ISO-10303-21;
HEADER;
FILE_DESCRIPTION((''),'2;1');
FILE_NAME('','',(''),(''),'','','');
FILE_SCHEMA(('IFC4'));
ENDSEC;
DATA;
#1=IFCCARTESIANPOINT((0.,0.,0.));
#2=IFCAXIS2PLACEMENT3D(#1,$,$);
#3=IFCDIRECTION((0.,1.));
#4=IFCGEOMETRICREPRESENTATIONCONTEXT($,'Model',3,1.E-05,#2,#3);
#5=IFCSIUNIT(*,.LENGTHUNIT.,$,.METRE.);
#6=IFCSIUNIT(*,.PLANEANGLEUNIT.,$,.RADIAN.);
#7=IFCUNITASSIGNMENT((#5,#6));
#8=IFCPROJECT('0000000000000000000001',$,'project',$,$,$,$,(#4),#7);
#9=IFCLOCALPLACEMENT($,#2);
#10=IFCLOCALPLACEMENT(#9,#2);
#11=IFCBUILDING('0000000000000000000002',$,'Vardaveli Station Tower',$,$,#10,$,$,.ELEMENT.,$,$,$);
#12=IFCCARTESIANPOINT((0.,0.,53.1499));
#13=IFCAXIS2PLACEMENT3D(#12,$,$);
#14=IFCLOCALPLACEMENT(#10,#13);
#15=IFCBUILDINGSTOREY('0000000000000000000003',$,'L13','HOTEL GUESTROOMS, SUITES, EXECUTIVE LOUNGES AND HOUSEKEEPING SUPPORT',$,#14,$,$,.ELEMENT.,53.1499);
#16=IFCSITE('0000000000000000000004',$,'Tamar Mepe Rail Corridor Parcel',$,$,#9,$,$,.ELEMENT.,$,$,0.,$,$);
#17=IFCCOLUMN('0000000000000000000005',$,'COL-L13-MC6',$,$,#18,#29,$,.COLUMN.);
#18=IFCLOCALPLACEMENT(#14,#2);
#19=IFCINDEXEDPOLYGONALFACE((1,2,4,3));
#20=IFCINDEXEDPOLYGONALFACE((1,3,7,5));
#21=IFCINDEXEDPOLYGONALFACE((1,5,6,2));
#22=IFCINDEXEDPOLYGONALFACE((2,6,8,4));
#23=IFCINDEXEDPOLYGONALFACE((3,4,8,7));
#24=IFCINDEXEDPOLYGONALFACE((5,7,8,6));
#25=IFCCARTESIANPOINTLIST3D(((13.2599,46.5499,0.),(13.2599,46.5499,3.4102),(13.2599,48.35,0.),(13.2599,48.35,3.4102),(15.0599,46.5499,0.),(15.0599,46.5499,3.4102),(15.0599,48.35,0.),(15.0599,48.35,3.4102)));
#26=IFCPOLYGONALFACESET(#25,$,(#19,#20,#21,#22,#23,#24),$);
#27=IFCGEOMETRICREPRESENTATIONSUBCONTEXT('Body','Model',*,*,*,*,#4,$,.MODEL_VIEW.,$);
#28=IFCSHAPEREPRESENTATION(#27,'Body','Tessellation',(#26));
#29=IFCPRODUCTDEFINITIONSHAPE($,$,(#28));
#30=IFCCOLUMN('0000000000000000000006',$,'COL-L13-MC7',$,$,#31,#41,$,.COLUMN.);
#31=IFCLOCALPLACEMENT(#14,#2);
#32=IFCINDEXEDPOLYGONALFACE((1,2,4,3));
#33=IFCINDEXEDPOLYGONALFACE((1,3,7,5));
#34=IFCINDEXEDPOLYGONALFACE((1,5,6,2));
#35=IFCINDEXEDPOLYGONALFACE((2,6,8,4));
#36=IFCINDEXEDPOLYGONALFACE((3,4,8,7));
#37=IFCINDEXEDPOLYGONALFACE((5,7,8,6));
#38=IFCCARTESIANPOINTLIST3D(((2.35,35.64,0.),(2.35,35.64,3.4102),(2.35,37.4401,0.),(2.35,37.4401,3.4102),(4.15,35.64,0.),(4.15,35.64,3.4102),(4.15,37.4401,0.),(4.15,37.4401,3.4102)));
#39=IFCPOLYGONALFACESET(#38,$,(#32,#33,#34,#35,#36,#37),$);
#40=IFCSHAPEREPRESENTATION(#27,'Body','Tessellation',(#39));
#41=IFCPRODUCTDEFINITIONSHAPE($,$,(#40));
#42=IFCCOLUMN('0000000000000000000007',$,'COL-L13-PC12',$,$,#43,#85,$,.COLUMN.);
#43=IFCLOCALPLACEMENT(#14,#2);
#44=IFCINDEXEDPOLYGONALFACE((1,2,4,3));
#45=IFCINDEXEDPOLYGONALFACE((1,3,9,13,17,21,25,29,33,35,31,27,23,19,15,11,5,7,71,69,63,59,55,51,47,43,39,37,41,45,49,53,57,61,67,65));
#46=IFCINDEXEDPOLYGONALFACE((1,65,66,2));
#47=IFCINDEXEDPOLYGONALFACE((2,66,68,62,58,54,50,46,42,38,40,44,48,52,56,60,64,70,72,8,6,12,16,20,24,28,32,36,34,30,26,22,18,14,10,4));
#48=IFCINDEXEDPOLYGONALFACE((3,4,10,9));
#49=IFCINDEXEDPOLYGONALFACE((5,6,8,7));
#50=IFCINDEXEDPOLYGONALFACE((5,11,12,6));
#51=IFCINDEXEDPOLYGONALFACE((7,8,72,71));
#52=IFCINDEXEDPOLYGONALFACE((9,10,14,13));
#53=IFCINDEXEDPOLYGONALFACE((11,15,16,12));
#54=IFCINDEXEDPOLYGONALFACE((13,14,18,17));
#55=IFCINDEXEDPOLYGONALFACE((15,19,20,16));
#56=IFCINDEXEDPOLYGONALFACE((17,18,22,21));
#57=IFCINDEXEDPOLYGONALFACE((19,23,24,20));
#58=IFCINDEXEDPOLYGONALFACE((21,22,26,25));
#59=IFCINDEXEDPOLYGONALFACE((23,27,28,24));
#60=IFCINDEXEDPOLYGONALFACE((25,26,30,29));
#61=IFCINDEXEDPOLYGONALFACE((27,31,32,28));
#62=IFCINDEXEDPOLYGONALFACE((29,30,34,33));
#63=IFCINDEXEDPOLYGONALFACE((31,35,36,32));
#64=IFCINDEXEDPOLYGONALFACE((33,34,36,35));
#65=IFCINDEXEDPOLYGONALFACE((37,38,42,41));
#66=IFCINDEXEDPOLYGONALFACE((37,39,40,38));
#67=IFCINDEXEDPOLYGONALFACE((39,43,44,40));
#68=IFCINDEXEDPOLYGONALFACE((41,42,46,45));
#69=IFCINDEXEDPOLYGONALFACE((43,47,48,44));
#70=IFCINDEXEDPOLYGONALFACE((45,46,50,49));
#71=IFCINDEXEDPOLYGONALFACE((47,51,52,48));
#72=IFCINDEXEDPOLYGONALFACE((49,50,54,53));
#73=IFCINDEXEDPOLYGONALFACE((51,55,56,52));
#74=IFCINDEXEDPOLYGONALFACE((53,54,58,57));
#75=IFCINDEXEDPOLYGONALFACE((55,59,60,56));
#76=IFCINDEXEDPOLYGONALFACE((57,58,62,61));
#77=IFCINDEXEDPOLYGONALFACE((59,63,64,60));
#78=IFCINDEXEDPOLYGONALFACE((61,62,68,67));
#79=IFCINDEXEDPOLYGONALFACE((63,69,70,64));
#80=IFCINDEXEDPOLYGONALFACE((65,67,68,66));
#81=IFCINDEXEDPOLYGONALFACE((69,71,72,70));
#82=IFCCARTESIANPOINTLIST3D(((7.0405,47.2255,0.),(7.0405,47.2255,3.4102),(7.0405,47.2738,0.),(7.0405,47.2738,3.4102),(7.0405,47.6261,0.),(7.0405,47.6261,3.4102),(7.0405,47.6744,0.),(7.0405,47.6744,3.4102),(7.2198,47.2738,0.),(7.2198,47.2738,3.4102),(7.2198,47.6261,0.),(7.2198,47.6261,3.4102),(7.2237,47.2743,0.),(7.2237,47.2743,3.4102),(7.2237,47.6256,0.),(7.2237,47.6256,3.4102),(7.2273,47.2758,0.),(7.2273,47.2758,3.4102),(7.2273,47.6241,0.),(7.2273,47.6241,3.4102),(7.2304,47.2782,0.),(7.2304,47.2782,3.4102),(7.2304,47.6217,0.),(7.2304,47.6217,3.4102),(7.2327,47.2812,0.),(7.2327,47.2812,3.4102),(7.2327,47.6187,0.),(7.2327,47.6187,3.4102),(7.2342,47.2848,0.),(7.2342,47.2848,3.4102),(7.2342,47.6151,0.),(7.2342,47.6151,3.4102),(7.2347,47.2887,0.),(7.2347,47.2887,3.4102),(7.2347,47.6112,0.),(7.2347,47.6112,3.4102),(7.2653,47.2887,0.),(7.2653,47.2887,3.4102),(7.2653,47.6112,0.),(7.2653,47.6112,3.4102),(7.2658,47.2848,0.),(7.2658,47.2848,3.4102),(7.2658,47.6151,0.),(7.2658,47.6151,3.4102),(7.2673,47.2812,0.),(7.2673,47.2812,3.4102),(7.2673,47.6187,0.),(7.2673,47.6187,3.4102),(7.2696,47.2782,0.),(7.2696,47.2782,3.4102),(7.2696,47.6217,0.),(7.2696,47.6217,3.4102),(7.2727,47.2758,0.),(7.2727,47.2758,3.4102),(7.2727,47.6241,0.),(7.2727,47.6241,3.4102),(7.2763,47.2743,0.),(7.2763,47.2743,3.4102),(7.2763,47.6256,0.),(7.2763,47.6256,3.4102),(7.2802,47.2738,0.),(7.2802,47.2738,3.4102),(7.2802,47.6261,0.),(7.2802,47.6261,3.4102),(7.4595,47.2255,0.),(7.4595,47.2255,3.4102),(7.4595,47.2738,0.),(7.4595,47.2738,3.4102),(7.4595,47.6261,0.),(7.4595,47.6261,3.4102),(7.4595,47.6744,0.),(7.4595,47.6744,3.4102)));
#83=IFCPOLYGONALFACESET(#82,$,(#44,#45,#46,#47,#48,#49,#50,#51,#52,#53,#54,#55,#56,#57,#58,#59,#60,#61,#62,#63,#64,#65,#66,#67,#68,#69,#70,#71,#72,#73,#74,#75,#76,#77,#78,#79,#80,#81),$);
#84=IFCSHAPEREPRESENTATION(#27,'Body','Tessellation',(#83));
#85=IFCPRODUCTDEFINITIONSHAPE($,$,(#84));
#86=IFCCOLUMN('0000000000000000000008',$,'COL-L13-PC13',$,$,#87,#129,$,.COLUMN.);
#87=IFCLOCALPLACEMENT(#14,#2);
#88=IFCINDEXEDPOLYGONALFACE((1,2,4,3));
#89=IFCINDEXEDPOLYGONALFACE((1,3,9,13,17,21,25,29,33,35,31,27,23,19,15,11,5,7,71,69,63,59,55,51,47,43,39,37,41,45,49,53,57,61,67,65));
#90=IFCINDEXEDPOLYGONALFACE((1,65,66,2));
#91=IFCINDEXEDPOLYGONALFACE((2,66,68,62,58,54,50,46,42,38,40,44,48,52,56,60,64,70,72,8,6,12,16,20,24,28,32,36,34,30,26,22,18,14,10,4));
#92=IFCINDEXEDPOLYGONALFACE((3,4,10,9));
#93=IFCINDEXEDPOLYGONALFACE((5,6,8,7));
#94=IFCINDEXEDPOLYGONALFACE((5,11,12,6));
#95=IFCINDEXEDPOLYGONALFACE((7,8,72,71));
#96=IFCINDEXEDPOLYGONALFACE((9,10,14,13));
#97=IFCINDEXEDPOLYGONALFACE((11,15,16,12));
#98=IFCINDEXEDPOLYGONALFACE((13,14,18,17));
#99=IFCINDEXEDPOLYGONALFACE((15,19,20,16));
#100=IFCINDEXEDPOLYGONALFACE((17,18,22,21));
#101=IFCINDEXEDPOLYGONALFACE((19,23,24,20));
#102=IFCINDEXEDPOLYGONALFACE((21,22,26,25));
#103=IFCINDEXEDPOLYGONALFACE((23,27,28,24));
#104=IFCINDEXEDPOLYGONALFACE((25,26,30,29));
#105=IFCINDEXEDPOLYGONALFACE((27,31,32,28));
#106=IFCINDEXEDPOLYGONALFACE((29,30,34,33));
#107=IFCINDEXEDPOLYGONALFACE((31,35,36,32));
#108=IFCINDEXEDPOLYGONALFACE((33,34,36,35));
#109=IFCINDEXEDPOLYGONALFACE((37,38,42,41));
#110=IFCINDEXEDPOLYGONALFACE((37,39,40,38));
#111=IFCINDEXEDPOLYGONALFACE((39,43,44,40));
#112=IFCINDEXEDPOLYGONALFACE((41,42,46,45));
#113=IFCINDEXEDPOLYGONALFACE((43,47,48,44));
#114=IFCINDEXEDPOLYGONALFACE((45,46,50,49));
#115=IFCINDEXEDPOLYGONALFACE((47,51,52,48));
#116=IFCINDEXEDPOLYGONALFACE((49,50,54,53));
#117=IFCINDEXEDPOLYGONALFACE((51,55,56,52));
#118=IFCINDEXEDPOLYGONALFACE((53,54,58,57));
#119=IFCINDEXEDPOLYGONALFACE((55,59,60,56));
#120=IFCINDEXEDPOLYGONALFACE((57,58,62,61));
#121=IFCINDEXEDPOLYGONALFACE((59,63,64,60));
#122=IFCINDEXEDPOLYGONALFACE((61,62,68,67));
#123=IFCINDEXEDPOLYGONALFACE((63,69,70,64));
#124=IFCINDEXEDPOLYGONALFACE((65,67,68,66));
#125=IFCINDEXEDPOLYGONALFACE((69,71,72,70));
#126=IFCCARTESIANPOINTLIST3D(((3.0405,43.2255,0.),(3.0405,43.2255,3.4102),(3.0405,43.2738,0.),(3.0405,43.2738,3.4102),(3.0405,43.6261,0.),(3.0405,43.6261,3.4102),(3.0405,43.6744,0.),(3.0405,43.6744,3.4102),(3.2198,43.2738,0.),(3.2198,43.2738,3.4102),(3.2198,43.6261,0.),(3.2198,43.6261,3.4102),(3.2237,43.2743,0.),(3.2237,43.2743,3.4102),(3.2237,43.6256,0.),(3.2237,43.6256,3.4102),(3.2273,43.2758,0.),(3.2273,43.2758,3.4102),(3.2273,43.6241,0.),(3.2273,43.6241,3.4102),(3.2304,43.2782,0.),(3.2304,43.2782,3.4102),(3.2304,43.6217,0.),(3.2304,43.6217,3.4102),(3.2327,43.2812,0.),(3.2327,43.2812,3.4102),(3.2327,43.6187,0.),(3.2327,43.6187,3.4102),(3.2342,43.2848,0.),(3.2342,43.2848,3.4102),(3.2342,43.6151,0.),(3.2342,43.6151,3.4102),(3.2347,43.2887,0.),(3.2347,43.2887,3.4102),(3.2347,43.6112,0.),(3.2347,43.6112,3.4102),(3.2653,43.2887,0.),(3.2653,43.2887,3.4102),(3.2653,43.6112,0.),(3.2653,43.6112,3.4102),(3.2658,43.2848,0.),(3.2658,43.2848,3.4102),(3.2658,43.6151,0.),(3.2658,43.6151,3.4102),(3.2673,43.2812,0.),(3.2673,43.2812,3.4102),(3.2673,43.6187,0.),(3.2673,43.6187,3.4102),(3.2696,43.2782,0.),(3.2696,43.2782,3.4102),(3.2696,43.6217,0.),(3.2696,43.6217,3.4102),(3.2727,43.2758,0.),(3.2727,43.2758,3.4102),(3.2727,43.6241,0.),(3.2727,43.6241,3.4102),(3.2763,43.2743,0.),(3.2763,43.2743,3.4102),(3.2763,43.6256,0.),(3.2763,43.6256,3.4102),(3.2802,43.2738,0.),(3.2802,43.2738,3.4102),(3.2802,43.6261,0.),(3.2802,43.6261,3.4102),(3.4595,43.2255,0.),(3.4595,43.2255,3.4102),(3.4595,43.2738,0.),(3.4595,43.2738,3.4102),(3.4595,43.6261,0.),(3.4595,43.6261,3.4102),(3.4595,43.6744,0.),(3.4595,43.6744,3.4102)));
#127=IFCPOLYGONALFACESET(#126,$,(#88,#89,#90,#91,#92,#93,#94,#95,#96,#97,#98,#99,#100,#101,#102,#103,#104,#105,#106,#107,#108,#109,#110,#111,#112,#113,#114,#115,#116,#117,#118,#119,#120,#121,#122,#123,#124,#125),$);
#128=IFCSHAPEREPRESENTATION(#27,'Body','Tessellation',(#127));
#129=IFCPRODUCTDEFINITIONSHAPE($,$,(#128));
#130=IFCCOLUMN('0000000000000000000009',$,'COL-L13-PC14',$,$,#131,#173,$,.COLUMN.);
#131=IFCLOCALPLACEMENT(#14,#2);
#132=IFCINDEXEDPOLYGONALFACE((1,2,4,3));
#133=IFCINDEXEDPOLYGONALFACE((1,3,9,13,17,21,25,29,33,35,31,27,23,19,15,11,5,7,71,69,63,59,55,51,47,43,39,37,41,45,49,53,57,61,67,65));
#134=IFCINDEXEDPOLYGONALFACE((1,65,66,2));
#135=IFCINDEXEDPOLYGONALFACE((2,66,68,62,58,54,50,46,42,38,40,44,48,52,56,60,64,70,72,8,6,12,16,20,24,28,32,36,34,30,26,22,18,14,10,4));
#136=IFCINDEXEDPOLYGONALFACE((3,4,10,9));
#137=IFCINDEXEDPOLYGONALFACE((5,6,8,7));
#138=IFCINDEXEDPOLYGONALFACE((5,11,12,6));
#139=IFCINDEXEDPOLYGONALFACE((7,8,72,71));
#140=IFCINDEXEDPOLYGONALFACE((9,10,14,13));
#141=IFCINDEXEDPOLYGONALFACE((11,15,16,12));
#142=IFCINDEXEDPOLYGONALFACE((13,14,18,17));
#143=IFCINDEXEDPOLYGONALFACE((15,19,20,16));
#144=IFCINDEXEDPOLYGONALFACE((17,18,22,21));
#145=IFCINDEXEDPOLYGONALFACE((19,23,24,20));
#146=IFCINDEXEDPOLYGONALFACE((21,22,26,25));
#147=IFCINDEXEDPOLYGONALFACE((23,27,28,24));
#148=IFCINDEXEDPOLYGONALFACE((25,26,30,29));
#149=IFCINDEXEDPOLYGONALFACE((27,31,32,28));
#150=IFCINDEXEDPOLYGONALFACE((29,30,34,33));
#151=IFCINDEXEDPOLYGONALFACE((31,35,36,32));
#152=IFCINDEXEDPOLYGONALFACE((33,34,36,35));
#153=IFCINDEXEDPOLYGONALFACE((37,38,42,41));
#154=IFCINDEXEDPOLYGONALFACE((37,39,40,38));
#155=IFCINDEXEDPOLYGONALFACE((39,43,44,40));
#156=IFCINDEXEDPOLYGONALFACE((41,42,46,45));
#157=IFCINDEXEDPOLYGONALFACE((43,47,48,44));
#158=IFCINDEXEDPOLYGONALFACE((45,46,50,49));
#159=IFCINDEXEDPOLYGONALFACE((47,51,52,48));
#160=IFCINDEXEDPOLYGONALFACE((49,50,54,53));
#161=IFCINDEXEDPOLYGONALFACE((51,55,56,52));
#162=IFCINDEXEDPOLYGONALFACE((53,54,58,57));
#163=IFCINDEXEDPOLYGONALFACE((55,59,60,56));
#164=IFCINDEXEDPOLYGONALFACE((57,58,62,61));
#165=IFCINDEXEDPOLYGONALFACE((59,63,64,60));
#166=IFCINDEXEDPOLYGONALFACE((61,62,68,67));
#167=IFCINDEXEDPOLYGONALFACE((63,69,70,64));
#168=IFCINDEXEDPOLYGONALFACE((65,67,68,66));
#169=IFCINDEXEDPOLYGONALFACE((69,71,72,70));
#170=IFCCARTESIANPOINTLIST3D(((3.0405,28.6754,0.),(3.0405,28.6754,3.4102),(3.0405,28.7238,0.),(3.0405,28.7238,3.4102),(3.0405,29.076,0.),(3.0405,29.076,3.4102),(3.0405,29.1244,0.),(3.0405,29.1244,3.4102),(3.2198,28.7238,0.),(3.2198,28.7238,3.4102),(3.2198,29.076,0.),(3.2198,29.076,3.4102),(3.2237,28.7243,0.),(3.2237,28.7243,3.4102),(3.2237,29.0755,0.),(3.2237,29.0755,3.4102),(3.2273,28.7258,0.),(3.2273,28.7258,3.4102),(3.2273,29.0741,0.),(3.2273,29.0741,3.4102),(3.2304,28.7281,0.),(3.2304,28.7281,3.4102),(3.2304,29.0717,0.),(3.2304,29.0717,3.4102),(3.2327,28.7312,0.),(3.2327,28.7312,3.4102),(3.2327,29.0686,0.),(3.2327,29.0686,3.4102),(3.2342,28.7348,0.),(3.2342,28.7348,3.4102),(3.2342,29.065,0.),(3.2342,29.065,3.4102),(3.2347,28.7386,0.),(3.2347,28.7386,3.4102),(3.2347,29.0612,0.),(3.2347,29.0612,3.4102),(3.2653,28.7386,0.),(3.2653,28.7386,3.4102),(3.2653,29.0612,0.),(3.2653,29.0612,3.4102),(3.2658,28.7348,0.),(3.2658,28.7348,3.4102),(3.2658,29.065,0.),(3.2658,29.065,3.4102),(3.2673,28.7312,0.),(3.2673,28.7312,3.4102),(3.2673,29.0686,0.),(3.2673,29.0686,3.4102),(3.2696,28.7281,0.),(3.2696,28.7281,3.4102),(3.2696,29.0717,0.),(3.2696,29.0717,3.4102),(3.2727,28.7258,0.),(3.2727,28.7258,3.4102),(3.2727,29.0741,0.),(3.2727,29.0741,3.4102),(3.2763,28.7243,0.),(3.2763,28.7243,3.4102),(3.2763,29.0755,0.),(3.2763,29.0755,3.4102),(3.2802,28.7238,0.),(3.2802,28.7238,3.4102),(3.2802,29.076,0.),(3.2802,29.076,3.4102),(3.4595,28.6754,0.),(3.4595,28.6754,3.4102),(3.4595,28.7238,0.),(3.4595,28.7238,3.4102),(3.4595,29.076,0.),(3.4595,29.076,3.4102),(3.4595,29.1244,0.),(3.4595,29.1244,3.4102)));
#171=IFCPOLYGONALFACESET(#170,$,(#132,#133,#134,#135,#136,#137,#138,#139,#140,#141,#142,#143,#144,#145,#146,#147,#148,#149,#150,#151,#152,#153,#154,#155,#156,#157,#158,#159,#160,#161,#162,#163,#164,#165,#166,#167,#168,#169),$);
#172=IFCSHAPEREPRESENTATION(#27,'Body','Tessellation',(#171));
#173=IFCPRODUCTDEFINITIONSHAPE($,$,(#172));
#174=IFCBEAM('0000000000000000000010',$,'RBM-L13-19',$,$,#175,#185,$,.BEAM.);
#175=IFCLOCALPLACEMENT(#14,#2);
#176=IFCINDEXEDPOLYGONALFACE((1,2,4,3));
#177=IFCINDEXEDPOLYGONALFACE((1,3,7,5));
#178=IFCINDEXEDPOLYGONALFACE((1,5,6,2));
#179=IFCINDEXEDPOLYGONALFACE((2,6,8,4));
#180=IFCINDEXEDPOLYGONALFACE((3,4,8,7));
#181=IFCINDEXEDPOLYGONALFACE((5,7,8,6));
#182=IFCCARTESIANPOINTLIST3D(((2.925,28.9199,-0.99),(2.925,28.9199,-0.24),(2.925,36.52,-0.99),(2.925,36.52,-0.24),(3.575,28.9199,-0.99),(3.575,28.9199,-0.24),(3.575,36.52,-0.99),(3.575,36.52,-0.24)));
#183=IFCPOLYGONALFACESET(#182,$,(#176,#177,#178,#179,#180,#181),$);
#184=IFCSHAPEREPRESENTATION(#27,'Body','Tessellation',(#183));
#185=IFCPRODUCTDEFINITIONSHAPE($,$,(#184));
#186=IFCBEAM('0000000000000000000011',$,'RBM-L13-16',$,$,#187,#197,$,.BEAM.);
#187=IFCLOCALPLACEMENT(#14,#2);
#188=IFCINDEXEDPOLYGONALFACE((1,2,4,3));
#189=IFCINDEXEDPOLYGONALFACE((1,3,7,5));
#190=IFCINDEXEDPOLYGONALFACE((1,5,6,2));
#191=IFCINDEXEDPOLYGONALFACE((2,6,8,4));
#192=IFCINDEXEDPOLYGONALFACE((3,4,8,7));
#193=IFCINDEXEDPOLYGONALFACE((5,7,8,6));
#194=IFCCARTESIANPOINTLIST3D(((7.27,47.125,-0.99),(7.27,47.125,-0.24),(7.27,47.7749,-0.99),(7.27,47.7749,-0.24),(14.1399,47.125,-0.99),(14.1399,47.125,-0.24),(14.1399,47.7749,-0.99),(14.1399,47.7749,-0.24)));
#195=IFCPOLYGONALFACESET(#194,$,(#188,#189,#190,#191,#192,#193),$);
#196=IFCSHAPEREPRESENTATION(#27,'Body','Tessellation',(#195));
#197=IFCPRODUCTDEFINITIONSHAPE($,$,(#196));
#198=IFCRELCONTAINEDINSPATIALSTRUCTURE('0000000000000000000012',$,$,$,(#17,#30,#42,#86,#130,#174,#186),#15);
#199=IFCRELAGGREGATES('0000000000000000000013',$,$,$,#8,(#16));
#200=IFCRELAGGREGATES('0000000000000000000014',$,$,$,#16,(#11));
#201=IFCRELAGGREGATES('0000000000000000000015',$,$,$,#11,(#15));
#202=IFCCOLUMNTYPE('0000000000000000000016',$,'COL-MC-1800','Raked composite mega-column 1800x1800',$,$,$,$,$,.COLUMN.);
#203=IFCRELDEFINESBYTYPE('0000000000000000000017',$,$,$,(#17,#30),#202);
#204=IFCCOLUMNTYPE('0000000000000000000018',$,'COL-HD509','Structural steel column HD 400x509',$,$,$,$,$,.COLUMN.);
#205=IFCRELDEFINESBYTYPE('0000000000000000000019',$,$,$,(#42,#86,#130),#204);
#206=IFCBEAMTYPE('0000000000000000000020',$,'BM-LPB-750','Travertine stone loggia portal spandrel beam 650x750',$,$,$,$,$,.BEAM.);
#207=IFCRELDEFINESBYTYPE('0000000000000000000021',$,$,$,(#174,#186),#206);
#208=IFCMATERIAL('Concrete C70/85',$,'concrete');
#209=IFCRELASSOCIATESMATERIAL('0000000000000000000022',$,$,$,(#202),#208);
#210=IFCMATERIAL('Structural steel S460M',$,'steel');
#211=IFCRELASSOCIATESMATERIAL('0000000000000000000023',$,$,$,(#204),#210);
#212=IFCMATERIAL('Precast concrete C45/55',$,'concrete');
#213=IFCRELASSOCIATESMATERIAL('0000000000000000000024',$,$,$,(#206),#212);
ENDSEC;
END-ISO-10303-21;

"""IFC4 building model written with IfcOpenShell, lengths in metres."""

from ifc_helpers import new_model, si_unit, direction, frame, origin, origin_2d, place, context, subcontext, project, spatial, rectangle, i_section, extrude, source, transform, mapped, material, material_profile, profile_set, type_object, element, save


model = new_model("IFC4")

# Units and contexts
model_context = context("Model", 3, precision=1e-05, world=origin(), true_north=direction((0.0, 1.0)))
body_context = subcontext(model_context, "Body", "Model", "MODEL_VIEW")
ifc_project = project(units=[si_unit("LENGTHUNIT", "METRE"), si_unit("PLANEANGLEUNIT", "RADIAN")], contexts=[model_context])

# Site, building, storey
site_placement = place(None, origin())
site = spatial("IfcSite", under=ifc_project, at=site_placement, Name="Tamar Mepe Rail Corridor Parcel", CompositionType="ELEMENT", RefElevation=0.0)
building_placement = place(site_placement, origin())
building = spatial("IfcBuilding", under=site, at=building_placement, Name="Vardaveli Station Tower", CompositionType="ELEMENT")
storey_placement = place(building_placement, frame((0.0, 0.0, 53.1499)))
storey = spatial("IfcBuildingStorey", under=building, at=storey_placement, Name="L13", Description="HOTEL GUESTROOMS, SUITES, EXECUTIVE LOUNGES AND HOUSEKEEPING SUPPORT", CompositionType="ELEMENT", Elevation=53.1499)

# Columns
ifc_material_1 = material(Name="Concrete C70/85", Category="concrete")
ifc_material_profile_1 = material_profile(ifc_material_1, rectangle(XDim=1.8, YDim=1.8, at=origin_2d()), Name="MC 1800x1800")
ifc_profile_set_1 = profile_set([ifc_material_profile_1], Name="Concrete C70/85")
column_type_1 = type_object("IfcColumnType", Name="COL-MC-1800", Description="Raked composite mega-column 1800x1800", PredefinedType="COLUMN", material=ifc_profile_set_1)
shared_shape_1 = source(origin(), body_context, "Body", "SweptSolid", [
    extrude(rectangle(XDim=1.8, YDim=1.8, at=origin_2d()), origin(), (0.0, 0.0, 1.0), 3.4102),
])
for number, where, z_axis, x_axis, name in (
    (1, (14.1599, 47.45, 0.0), (0.0, 0.0, 1.0), (1.0, 0.0, 0.0), "COL-L13-MC6"),
    (2, (3.25, 36.54, 0.0), (0.0, 0.0, 1.0), (1.0, 0.0, 0.0), "COL-L13-MC7"),
):
    element("IfcColumn", number, at=place(storey_placement, frame(where, z_axis=z_axis, x_axis=x_axis)), inside=storey, type_object=column_type_1, Name=name, PredefinedType="COLUMN", context=body_context, shape_type="MappedRepresentation", body=[
        mapped(shared_shape_1, transform((0.0, 0.0, 0.0), scale=1.0)),
    ])
ifc_material_2 = material(Name="Structural steel S460M", Category="steel")
ifc_material_profile_2 = material_profile(ifc_material_2, i_section(OverallWidth=0.4189, OverallDepth=0.449, WebThickness=0.0305, FlangeThickness=0.0483, FilletRadius=0.0149, at=origin_2d()), Name="HD 400x509")
ifc_profile_set_2 = profile_set([ifc_material_profile_2], Name="Structural steel S460M")
column_type_2 = type_object("IfcColumnType", Name="COL-HD509", Description="Structural steel column HD 400x509", PredefinedType="COLUMN", material=ifc_profile_set_2)
shared_shape_2 = source(origin(), body_context, "Body", "SweptSolid", [
    extrude(i_section(OverallWidth=0.4189, OverallDepth=0.449, WebThickness=0.0305, FlangeThickness=0.0483, FilletRadius=0.0149, at=origin_2d()), origin(), (0.0, 0.0, 1.0), 3.4102),
])
for number, where, z_axis, x_axis, name in (
    (3, (7.25, 47.45, 0.0), (0.0, 0.0, 1.0), (1.0, 0.0, 0.0), "COL-L13-PC12"),
    (4, (3.25, 43.45, 0.0), (0.0, 0.0, 1.0), (1.0, 0.0, 0.0), "COL-L13-PC13"),
    (5, (3.25, 28.8999, 0.0), (0.0, 0.0, 1.0), (1.0, 0.0, 0.0), "COL-L13-PC14"),
):
    element("IfcColumn", number, at=place(storey_placement, frame(where, z_axis=z_axis, x_axis=x_axis)), inside=storey, type_object=column_type_2, Name=name, PredefinedType="COLUMN", context=body_context, shape_type="MappedRepresentation", body=[
        mapped(shared_shape_2, transform((0.0, 0.0, 0.0), scale=1.0)),
    ])

# Beams
ifc_material_3 = material(Name="Precast concrete C45/55", Category="concrete")
ifc_material_profile_3 = material_profile(ifc_material_3, rectangle(XDim=0.6499, YDim=0.75, at=origin_2d()), Name="LPB 650x750")
ifc_profile_set_3 = profile_set([ifc_material_profile_3], Name="Precast concrete C45/55")
beam_type = type_object("IfcBeamType", Name="BM-LPB-750", Description="Travertine stone loggia portal spandrel beam 650x750", PredefinedType="BEAM", material=ifc_profile_set_3)
shared_shape_3 = source(origin(), body_context, "Body", "SweptSolid", [
    extrude(rectangle(XDim=0.6499, YDim=0.75, at=origin_2d()), origin(), (0.0, 0.0, 1.0), 7.6001),
])
beam_1_placement = place(storey_placement, frame((3.25, 36.52, -0.615), z_axis=(0.0, -1.0, 0.0), x_axis=(1.0, 0.0, 0.0)))
element("IfcBeam", 6, at=beam_1_placement, inside=storey, type_object=beam_type, Name="RBM-L13-19", PredefinedType="BEAM", context=body_context, shape_type="MappedRepresentation", body=[
    mapped(shared_shape_3, transform((0.0, 0.0, 0.0), scale=1.0)),
])
shared_shape_4 = source(origin(), body_context, "Body", "SweptSolid", [
    extrude(rectangle(XDim=0.6499, YDim=0.75, at=origin_2d()), origin(), (0.0, 0.0, 1.0), 6.8699),
])
for number, where, z_axis, x_axis, name in (
    (7, (14.1399, 47.45, -0.615), (-1.0, 0.0, 0.0), (0.0, -1.0, 0.0), "RBM-L13-16"),
):
    element("IfcBeam", number, at=place(storey_placement, frame(where, z_axis=z_axis, x_axis=x_axis)), inside=storey, type_object=beam_type, Name=name, PredefinedType="BEAM", context=body_context, shape_type="MappedRepresentation", body=[
        mapped(shared_shape_4, transform((0.0, 0.0, 0.0), scale=1.0)),
    ])

save(model, "model.ifc")
